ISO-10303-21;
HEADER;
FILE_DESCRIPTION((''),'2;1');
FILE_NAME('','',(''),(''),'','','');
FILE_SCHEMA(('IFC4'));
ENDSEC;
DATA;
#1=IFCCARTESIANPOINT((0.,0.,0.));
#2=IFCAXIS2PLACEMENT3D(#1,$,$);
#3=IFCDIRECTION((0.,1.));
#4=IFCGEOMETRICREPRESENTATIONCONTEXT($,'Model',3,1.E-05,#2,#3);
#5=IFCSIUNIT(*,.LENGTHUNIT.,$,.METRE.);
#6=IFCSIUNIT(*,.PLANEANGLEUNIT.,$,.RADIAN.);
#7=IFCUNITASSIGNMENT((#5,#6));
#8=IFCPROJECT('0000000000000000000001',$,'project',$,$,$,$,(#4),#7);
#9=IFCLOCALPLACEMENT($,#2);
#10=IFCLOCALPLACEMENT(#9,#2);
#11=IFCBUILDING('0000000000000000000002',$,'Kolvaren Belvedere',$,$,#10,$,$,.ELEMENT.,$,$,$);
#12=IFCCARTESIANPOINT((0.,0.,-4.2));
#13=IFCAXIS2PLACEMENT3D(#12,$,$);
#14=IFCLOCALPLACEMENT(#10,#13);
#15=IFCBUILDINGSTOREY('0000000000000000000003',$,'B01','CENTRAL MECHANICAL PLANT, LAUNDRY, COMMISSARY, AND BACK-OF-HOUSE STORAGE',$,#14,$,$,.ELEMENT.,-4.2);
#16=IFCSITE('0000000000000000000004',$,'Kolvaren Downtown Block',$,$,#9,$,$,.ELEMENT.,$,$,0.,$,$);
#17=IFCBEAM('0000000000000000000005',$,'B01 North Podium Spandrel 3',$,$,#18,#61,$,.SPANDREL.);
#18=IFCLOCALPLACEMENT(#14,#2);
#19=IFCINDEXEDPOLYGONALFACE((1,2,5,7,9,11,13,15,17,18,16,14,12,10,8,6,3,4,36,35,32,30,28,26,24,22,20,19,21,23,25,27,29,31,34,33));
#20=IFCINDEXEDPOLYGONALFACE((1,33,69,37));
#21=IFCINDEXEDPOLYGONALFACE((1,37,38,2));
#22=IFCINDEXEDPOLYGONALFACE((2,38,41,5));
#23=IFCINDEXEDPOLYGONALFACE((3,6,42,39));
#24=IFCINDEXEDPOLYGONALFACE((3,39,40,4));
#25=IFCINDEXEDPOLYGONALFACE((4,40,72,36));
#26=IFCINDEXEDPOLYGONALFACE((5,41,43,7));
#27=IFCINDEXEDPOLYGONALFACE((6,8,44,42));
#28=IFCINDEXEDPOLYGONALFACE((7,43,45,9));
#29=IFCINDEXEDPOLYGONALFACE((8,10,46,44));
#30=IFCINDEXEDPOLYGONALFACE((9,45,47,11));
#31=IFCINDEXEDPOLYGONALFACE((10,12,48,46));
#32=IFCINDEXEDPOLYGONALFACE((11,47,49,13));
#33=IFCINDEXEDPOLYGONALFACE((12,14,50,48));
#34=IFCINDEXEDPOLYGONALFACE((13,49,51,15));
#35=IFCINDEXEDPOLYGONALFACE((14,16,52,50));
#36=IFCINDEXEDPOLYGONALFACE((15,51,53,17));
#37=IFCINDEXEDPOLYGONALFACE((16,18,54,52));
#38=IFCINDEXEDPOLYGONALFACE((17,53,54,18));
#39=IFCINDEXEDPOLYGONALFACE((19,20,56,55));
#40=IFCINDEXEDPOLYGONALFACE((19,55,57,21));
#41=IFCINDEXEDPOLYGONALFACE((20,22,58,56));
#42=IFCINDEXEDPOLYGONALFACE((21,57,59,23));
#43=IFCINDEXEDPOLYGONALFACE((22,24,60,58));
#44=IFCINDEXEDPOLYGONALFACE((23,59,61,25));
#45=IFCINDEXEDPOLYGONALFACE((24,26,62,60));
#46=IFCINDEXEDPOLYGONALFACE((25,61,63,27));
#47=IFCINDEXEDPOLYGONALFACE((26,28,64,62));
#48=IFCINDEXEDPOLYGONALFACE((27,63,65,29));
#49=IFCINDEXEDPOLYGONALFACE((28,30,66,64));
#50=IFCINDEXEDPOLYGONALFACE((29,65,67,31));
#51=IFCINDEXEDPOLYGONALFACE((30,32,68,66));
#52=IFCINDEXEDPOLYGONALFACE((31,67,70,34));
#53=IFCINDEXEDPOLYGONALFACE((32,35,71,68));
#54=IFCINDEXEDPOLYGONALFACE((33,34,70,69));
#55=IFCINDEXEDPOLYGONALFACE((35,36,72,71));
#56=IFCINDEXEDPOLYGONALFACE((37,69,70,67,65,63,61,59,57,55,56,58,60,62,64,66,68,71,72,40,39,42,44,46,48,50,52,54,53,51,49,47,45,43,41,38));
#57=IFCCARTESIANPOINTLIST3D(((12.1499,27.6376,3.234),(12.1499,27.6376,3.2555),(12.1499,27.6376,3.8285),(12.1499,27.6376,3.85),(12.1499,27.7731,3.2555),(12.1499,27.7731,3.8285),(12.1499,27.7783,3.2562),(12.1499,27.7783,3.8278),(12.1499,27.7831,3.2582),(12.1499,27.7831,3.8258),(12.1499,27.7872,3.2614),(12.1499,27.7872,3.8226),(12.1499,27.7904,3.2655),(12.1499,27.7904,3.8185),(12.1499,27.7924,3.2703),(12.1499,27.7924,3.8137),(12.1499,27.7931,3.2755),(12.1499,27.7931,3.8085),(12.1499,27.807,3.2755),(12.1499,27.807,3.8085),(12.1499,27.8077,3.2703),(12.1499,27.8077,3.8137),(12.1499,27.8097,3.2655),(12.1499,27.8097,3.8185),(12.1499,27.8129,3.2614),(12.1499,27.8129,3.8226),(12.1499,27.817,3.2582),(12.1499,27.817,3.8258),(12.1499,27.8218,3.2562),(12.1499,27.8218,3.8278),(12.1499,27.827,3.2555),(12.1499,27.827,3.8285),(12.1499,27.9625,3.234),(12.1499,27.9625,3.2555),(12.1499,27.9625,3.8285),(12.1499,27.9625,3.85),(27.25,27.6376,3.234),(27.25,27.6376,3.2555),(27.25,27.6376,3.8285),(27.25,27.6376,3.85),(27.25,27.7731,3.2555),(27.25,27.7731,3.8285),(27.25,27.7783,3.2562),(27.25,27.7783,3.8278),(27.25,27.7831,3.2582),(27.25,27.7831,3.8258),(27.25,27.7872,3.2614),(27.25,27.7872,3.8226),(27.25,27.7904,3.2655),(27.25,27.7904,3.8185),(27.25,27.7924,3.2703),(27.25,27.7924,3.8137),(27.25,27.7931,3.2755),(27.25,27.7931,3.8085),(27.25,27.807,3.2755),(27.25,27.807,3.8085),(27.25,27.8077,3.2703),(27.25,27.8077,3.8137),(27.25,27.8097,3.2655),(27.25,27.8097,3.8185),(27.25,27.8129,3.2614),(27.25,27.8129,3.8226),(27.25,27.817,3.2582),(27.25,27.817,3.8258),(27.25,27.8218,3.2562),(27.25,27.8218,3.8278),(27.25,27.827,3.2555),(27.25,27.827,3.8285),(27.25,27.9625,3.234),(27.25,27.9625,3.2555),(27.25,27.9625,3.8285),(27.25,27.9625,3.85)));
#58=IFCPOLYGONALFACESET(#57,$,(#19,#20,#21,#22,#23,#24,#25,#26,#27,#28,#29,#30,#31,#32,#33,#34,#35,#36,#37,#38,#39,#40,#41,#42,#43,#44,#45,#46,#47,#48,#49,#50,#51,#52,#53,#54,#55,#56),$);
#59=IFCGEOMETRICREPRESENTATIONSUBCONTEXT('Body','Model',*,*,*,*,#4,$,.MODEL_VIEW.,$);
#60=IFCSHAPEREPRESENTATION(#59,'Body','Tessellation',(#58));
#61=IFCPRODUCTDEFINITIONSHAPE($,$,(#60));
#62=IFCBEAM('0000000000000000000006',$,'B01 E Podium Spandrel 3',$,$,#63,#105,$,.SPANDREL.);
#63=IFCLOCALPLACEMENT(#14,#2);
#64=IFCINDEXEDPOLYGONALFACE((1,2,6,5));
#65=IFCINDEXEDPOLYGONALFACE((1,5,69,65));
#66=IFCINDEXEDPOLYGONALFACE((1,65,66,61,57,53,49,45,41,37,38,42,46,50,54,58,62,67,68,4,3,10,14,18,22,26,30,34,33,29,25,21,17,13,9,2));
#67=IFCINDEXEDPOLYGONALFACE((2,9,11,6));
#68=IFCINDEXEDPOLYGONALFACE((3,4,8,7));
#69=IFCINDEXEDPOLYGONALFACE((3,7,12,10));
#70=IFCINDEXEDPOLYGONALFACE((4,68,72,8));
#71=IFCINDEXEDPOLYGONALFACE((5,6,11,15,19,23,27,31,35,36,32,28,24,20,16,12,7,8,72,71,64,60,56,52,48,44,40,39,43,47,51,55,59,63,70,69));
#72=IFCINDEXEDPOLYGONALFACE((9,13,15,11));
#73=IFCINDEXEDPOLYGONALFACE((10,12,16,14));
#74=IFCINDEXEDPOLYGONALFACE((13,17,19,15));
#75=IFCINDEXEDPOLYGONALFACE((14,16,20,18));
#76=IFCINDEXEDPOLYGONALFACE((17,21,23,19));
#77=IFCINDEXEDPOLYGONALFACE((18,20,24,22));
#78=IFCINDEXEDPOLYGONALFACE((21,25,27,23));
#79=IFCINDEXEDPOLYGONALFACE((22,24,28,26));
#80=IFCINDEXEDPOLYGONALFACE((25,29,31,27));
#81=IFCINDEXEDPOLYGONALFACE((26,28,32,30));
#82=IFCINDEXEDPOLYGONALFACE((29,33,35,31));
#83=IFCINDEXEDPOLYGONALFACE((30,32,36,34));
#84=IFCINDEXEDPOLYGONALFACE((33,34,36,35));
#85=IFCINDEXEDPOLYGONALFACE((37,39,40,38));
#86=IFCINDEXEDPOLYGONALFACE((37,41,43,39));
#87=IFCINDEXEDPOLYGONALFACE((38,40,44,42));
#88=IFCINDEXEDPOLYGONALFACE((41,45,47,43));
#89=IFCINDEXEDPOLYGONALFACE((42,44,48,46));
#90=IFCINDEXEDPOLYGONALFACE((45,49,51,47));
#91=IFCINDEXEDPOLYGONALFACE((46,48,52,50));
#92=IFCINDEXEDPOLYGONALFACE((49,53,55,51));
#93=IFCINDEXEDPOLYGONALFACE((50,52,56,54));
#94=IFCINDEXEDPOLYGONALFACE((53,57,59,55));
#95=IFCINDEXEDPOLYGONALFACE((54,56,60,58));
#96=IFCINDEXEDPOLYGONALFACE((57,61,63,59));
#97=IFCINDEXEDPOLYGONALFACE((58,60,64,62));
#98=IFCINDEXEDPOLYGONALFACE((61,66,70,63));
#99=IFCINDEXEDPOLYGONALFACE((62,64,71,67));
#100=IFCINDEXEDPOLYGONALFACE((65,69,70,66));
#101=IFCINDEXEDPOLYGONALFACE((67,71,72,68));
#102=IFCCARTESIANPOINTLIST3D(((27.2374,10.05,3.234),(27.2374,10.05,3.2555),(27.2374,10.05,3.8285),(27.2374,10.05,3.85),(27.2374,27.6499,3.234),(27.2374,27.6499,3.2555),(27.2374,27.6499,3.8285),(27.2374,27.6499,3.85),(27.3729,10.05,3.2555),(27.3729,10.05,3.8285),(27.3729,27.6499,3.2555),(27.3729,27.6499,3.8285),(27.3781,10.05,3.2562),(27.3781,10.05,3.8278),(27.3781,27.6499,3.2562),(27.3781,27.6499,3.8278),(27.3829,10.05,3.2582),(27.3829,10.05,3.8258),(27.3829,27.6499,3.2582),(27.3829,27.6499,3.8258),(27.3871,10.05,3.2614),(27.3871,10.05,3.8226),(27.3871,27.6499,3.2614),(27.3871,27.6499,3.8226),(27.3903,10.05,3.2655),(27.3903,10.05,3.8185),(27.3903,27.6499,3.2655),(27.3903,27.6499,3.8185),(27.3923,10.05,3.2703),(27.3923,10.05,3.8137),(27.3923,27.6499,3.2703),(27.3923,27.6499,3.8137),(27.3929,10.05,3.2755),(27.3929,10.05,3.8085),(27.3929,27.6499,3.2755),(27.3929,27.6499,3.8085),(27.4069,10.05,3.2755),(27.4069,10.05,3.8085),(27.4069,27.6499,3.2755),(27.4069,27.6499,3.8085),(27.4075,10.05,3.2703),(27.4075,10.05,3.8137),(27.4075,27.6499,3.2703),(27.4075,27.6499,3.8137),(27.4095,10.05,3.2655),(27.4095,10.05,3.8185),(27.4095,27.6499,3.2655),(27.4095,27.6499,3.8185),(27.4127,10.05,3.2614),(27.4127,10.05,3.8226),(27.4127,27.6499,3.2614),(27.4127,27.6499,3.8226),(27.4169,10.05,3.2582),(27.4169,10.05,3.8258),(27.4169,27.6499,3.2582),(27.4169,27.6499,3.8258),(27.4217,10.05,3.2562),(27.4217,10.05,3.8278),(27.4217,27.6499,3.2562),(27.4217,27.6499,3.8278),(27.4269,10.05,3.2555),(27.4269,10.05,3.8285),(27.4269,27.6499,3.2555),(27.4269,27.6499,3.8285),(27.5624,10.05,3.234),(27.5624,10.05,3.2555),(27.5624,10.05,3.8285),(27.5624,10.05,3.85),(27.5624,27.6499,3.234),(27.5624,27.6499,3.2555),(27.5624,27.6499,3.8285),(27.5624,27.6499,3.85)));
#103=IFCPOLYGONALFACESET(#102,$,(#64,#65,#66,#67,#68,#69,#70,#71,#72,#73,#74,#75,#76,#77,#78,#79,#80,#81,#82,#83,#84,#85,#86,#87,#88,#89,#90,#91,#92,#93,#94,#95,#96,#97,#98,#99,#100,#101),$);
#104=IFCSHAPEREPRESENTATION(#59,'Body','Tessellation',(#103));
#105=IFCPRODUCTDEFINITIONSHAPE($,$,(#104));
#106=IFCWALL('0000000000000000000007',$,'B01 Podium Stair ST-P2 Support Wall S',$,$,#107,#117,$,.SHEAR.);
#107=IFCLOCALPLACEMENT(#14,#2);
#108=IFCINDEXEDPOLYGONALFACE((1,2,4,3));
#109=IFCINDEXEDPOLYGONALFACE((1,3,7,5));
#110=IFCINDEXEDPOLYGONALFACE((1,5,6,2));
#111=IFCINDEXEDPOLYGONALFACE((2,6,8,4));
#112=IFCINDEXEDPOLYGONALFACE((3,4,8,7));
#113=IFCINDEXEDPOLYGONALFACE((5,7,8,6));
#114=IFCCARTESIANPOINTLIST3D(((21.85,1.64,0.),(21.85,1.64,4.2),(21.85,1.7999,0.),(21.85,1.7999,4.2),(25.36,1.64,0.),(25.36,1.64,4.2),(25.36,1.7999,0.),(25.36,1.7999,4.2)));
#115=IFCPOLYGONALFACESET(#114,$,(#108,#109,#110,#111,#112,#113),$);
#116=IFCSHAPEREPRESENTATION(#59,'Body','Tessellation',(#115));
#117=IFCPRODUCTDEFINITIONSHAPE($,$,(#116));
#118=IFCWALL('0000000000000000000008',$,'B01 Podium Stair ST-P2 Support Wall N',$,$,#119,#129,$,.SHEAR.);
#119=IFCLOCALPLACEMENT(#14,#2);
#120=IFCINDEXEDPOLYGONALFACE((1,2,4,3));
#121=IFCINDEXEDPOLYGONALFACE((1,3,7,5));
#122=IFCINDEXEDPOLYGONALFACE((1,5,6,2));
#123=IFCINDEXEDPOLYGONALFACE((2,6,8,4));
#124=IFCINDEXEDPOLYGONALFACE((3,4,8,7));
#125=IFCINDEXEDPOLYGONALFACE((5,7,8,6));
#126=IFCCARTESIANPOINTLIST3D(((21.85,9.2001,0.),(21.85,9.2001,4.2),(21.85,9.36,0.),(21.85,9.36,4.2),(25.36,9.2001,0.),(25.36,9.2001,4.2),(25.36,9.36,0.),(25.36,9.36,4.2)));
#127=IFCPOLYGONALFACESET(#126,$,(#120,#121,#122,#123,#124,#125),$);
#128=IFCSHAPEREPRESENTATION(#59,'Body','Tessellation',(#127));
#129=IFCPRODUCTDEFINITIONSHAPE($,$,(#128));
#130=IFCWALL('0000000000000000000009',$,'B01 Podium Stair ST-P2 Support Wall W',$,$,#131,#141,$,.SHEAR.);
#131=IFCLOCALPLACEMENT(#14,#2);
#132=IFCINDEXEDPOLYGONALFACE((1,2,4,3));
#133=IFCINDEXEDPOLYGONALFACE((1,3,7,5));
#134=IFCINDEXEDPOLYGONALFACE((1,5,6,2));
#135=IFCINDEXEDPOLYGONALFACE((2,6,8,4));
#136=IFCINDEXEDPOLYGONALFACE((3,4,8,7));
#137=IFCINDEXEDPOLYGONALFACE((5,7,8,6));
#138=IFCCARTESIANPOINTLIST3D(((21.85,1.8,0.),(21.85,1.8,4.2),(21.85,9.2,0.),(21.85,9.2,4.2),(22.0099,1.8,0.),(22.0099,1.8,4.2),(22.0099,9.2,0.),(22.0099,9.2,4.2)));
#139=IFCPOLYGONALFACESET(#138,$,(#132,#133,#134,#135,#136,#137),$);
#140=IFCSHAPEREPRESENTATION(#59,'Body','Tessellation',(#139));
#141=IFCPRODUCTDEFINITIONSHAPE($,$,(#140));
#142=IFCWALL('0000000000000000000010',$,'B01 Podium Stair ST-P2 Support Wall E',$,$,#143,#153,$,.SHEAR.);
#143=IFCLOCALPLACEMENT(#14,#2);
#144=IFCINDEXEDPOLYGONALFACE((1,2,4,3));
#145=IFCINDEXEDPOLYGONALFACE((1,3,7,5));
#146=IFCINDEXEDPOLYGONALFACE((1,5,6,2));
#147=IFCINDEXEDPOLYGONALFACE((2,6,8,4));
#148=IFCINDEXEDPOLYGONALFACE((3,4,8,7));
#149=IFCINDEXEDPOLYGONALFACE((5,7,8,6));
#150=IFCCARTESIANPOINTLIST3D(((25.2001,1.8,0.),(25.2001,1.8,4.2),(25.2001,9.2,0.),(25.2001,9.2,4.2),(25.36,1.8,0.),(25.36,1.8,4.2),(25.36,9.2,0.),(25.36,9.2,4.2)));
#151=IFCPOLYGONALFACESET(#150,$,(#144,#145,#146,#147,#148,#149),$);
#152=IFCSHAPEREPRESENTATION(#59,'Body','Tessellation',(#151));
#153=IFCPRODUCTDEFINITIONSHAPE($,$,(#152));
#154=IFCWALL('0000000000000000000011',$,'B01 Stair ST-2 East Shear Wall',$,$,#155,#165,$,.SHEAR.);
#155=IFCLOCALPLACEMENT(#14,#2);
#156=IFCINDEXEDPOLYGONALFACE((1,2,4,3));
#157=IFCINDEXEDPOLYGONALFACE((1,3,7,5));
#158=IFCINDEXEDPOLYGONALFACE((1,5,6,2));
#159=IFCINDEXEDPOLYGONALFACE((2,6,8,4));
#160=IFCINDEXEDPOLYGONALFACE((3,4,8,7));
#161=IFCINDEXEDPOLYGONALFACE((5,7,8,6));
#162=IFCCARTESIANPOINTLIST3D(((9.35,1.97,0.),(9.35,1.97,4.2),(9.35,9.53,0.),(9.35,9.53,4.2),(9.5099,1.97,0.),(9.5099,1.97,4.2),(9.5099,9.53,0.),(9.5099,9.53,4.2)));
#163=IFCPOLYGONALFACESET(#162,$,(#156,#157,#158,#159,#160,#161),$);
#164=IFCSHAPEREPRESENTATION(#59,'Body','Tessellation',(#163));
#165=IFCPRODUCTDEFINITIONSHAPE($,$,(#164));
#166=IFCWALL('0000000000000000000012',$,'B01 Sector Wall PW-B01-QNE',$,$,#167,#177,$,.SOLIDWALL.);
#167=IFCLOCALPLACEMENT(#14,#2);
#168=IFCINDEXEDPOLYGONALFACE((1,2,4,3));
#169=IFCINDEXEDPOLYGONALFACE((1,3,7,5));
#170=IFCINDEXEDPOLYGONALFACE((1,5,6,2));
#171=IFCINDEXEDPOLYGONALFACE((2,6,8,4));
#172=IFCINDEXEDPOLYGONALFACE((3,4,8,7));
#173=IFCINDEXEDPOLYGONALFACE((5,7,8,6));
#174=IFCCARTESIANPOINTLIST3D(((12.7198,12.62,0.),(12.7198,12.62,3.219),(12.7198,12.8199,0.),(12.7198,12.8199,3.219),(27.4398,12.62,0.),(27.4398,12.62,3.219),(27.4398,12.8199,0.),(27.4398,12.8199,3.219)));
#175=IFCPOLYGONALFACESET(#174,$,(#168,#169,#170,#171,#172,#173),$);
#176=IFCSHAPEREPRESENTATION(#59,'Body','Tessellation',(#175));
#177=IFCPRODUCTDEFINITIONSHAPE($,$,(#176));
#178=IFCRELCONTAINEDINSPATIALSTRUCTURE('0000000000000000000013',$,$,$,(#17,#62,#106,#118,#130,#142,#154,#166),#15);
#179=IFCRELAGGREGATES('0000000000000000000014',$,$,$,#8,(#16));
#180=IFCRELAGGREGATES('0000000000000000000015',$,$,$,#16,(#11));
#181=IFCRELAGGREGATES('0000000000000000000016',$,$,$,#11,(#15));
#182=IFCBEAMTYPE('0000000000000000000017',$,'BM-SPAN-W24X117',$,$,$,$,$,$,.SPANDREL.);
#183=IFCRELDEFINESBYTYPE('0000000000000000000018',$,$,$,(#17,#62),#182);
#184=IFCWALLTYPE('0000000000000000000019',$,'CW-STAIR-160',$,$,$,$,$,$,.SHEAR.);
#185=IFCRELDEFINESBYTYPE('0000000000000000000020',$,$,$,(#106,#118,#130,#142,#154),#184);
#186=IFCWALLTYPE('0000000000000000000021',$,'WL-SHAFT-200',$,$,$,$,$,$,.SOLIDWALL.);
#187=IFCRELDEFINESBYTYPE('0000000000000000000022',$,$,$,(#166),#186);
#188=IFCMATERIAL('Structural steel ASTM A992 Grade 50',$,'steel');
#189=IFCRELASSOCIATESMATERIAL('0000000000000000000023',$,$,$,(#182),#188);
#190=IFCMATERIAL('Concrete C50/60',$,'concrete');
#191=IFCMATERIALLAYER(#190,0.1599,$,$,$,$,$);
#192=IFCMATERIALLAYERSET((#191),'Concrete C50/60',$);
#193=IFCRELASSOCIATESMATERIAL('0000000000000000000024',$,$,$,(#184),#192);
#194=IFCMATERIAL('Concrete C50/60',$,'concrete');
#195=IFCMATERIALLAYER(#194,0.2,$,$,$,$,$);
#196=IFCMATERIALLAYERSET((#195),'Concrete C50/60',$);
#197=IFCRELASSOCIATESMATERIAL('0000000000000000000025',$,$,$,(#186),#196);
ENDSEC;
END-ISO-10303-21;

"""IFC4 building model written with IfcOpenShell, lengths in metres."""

from ifc_helpers import new_model, si_unit, direction, frame, frame_2d, origin, origin_2d, place, context, subcontext, project, spatial, rectangle, i_section, extrude, material, layer, layer_set, material_profile, profile_set, type_object, element, save


model = new_model("IFC4")

# Units and contexts
model_context = context("Model", 3, precision=1e-05, world=origin(), true_north=direction((0.0, 1.0)))
body_context = subcontext(model_context, "Body", "Model", "MODEL_VIEW")
ifc_project = project(units=[si_unit("LENGTHUNIT", "METRE"), si_unit("PLANEANGLEUNIT", "RADIAN")], contexts=[model_context])

# Site, building, storey
site_placement = place(None, origin())
site = spatial("IfcSite", under=ifc_project, at=site_placement, Name="Kolvaren Downtown Block", CompositionType="ELEMENT", RefElevation=0.0)
building_placement = place(site_placement, origin())
building = spatial("IfcBuilding", under=site, at=building_placement, Name="Kolvaren Belvedere", CompositionType="ELEMENT")
storey_placement = place(building_placement, frame((0.0, 0.0, -4.2)))
storey = spatial("IfcBuildingStorey", under=building, at=storey_placement, Name="B01", Description="CENTRAL MECHANICAL PLANT, LAUNDRY, COMMISSARY, AND BACK-OF-HOUSE STORAGE", CompositionType="ELEMENT", Elevation=-4.2)

# Beams
ifc_material_1 = material(Name="Structural steel ASTM A992 Grade 50", Category="steel")
ifc_material_profile_1 = material_profile(ifc_material_1, i_section(OverallWidth=0.325, OverallDepth=0.616, WebThickness=0.0139, FlangeThickness=0.0215, FilletRadius=0.02, at=origin_2d()), Name="W24X117")
ifc_profile_set_1 = profile_set([ifc_material_profile_1], Name="Structural steel ASTM A992 Grade 50")
beam_type_1 = type_object("IfcBeamType", Name="BM-SPAN-W24X117", PredefinedType="SPANDREL", material=ifc_profile_set_1)
beam_1_placement = place(storey_placement, frame((12.1499, 27.8, 3.542), z_axis=(1.0, 0.0, 0.0), x_axis=(0.0, 1.0, 0.0)))
element("IfcBeam", 1, at=beam_1_placement, inside=storey, type_object=beam_type_1, Name="B01 North Podium Spandrel 3", PredefinedType="SPANDREL", context=body_context, shape_type="SweptSolid", body=[
    extrude(i_section(OverallWidth=0.325, OverallDepth=0.616, WebThickness=0.0139, FlangeThickness=0.0215, FilletRadius=0.02, at=origin_2d()), origin(), (0.0, 0.0, 1.0), 15.1001),
])
beam_2_placement = place(storey_placement, frame((27.3999, 10.05, 3.542), z_axis=(0.0, 1.0, 0.0), x_axis=(-1.0, 0.0, 0.0)))
element("IfcBeam", 2, at=beam_2_placement, inside=storey, type_object=beam_type_1, Name="B01 E Podium Spandrel 3", PredefinedType="SPANDREL", context=body_context, shape_type="SweptSolid", body=[
    extrude(i_section(OverallWidth=0.325, OverallDepth=0.616, WebThickness=0.0139, FlangeThickness=0.0215, FilletRadius=0.02, at=origin_2d()), origin(), (0.0, 0.0, 1.0), 17.5999),
])

# Walls
ifc_material_2 = material(Name="Concrete C50/60", Category="concrete")
ifc_layer_1 = layer(ifc_material_2, 0.1599)
ifc_layer_set_1 = layer_set([ifc_layer_1], Name="Concrete C50/60")
wall_type_1 = type_object("IfcWallType", Name="CW-STAIR-160", PredefinedType="SHEAR", material=ifc_layer_set_1)
for number, where, z_axis, x_axis, name in (
    (3, (21.8501, 1.72, 0.0), (0.0, 0.0, 1.0), (1.0, 0.0, 0.0), "B01 Podium Stair ST-P2 Support Wall S"),
    (4, (21.8501, 9.28, 0.0), (0.0, 0.0, 1.0), (1.0, 0.0, 0.0), "B01 Podium Stair ST-P2 Support Wall N"),
):
    element("IfcWall", number, at=place(storey_placement, frame(where, z_axis=z_axis, x_axis=x_axis)), inside=storey, type_object=wall_type_1, Name=name, PredefinedType="SHEAR", context=body_context, shape_type="SweptSolid", body=[
        extrude(rectangle(XDim=3.51, YDim=0.1599, at=frame_2d((1.7549, 0.0))), origin(), (0.0, 0.0, 1.0), 4.2),
    ])
for number, where, z_axis, x_axis, name in (
    (5, (21.9299, 1.8, 0.0), (0.0, 0.0, 1.0), (0.0, 1.0, 0.0), "B01 Podium Stair ST-P2 Support Wall W"),
    (6, (25.28, 1.8, 0.0), (0.0, 0.0, 1.0), (0.0, 1.0, 0.0), "B01 Podium Stair ST-P2 Support Wall E"),
):
    element("IfcWall", number, at=place(storey_placement, frame(where, z_axis=z_axis, x_axis=x_axis)), inside=storey, type_object=wall_type_1, Name=name, PredefinedType="SHEAR", context=body_context, shape_type="SweptSolid", body=[
        extrude(rectangle(XDim=7.3999, YDim=0.1599, at=frame_2d((3.7, 0.0))), origin(), (0.0, 0.0, 1.0), 4.2),
    ])
wall_1_placement = place(storey_placement, frame((9.4299, 1.97, 0.0), z_axis=(0.0, 0.0, 1.0), x_axis=(0.0, 1.0, 0.0)))
element("IfcWall", 7, at=wall_1_placement, inside=storey, type_object=wall_type_1, Name="B01 Stair ST-2 East Shear Wall", PredefinedType="SHEAR", context=body_context, shape_type="SweptSolid", body=[
    extrude(rectangle(XDim=7.5601, YDim=0.1599, at=frame_2d((3.78, 0.0))), origin(), (0.0, 0.0, 1.0), 4.2),
])
ifc_material_3 = material(Name="Concrete C50/60", Category="concrete")
ifc_layer_2 = layer(ifc_material_3, 0.2)
ifc_layer_set_2 = layer_set([ifc_layer_2], Name="Concrete C50/60")
wall_type_2 = type_object("IfcWallType", Name="WL-SHAFT-200", PredefinedType="SOLIDWALL", material=ifc_layer_set_2)
wall_2_placement = place(storey_placement, frame((12.72, 12.72, 0.0), z_axis=(0.0, 0.0, 1.0), x_axis=(1.0, 0.0, 0.0)))
element("IfcWall", 8, at=wall_2_placement, inside=storey, type_object=wall_type_2, Name="B01 Sector Wall PW-B01-QNE", PredefinedType="SOLIDWALL", context=body_context, shape_type="SweptSolid", body=[
    extrude(rectangle(XDim=14.72, YDim=0.2, at=frame_2d((7.3599, 0.0))), origin(), (0.0, 0.0, 1.0), 3.219),
])

save(model, "model.ifc")
